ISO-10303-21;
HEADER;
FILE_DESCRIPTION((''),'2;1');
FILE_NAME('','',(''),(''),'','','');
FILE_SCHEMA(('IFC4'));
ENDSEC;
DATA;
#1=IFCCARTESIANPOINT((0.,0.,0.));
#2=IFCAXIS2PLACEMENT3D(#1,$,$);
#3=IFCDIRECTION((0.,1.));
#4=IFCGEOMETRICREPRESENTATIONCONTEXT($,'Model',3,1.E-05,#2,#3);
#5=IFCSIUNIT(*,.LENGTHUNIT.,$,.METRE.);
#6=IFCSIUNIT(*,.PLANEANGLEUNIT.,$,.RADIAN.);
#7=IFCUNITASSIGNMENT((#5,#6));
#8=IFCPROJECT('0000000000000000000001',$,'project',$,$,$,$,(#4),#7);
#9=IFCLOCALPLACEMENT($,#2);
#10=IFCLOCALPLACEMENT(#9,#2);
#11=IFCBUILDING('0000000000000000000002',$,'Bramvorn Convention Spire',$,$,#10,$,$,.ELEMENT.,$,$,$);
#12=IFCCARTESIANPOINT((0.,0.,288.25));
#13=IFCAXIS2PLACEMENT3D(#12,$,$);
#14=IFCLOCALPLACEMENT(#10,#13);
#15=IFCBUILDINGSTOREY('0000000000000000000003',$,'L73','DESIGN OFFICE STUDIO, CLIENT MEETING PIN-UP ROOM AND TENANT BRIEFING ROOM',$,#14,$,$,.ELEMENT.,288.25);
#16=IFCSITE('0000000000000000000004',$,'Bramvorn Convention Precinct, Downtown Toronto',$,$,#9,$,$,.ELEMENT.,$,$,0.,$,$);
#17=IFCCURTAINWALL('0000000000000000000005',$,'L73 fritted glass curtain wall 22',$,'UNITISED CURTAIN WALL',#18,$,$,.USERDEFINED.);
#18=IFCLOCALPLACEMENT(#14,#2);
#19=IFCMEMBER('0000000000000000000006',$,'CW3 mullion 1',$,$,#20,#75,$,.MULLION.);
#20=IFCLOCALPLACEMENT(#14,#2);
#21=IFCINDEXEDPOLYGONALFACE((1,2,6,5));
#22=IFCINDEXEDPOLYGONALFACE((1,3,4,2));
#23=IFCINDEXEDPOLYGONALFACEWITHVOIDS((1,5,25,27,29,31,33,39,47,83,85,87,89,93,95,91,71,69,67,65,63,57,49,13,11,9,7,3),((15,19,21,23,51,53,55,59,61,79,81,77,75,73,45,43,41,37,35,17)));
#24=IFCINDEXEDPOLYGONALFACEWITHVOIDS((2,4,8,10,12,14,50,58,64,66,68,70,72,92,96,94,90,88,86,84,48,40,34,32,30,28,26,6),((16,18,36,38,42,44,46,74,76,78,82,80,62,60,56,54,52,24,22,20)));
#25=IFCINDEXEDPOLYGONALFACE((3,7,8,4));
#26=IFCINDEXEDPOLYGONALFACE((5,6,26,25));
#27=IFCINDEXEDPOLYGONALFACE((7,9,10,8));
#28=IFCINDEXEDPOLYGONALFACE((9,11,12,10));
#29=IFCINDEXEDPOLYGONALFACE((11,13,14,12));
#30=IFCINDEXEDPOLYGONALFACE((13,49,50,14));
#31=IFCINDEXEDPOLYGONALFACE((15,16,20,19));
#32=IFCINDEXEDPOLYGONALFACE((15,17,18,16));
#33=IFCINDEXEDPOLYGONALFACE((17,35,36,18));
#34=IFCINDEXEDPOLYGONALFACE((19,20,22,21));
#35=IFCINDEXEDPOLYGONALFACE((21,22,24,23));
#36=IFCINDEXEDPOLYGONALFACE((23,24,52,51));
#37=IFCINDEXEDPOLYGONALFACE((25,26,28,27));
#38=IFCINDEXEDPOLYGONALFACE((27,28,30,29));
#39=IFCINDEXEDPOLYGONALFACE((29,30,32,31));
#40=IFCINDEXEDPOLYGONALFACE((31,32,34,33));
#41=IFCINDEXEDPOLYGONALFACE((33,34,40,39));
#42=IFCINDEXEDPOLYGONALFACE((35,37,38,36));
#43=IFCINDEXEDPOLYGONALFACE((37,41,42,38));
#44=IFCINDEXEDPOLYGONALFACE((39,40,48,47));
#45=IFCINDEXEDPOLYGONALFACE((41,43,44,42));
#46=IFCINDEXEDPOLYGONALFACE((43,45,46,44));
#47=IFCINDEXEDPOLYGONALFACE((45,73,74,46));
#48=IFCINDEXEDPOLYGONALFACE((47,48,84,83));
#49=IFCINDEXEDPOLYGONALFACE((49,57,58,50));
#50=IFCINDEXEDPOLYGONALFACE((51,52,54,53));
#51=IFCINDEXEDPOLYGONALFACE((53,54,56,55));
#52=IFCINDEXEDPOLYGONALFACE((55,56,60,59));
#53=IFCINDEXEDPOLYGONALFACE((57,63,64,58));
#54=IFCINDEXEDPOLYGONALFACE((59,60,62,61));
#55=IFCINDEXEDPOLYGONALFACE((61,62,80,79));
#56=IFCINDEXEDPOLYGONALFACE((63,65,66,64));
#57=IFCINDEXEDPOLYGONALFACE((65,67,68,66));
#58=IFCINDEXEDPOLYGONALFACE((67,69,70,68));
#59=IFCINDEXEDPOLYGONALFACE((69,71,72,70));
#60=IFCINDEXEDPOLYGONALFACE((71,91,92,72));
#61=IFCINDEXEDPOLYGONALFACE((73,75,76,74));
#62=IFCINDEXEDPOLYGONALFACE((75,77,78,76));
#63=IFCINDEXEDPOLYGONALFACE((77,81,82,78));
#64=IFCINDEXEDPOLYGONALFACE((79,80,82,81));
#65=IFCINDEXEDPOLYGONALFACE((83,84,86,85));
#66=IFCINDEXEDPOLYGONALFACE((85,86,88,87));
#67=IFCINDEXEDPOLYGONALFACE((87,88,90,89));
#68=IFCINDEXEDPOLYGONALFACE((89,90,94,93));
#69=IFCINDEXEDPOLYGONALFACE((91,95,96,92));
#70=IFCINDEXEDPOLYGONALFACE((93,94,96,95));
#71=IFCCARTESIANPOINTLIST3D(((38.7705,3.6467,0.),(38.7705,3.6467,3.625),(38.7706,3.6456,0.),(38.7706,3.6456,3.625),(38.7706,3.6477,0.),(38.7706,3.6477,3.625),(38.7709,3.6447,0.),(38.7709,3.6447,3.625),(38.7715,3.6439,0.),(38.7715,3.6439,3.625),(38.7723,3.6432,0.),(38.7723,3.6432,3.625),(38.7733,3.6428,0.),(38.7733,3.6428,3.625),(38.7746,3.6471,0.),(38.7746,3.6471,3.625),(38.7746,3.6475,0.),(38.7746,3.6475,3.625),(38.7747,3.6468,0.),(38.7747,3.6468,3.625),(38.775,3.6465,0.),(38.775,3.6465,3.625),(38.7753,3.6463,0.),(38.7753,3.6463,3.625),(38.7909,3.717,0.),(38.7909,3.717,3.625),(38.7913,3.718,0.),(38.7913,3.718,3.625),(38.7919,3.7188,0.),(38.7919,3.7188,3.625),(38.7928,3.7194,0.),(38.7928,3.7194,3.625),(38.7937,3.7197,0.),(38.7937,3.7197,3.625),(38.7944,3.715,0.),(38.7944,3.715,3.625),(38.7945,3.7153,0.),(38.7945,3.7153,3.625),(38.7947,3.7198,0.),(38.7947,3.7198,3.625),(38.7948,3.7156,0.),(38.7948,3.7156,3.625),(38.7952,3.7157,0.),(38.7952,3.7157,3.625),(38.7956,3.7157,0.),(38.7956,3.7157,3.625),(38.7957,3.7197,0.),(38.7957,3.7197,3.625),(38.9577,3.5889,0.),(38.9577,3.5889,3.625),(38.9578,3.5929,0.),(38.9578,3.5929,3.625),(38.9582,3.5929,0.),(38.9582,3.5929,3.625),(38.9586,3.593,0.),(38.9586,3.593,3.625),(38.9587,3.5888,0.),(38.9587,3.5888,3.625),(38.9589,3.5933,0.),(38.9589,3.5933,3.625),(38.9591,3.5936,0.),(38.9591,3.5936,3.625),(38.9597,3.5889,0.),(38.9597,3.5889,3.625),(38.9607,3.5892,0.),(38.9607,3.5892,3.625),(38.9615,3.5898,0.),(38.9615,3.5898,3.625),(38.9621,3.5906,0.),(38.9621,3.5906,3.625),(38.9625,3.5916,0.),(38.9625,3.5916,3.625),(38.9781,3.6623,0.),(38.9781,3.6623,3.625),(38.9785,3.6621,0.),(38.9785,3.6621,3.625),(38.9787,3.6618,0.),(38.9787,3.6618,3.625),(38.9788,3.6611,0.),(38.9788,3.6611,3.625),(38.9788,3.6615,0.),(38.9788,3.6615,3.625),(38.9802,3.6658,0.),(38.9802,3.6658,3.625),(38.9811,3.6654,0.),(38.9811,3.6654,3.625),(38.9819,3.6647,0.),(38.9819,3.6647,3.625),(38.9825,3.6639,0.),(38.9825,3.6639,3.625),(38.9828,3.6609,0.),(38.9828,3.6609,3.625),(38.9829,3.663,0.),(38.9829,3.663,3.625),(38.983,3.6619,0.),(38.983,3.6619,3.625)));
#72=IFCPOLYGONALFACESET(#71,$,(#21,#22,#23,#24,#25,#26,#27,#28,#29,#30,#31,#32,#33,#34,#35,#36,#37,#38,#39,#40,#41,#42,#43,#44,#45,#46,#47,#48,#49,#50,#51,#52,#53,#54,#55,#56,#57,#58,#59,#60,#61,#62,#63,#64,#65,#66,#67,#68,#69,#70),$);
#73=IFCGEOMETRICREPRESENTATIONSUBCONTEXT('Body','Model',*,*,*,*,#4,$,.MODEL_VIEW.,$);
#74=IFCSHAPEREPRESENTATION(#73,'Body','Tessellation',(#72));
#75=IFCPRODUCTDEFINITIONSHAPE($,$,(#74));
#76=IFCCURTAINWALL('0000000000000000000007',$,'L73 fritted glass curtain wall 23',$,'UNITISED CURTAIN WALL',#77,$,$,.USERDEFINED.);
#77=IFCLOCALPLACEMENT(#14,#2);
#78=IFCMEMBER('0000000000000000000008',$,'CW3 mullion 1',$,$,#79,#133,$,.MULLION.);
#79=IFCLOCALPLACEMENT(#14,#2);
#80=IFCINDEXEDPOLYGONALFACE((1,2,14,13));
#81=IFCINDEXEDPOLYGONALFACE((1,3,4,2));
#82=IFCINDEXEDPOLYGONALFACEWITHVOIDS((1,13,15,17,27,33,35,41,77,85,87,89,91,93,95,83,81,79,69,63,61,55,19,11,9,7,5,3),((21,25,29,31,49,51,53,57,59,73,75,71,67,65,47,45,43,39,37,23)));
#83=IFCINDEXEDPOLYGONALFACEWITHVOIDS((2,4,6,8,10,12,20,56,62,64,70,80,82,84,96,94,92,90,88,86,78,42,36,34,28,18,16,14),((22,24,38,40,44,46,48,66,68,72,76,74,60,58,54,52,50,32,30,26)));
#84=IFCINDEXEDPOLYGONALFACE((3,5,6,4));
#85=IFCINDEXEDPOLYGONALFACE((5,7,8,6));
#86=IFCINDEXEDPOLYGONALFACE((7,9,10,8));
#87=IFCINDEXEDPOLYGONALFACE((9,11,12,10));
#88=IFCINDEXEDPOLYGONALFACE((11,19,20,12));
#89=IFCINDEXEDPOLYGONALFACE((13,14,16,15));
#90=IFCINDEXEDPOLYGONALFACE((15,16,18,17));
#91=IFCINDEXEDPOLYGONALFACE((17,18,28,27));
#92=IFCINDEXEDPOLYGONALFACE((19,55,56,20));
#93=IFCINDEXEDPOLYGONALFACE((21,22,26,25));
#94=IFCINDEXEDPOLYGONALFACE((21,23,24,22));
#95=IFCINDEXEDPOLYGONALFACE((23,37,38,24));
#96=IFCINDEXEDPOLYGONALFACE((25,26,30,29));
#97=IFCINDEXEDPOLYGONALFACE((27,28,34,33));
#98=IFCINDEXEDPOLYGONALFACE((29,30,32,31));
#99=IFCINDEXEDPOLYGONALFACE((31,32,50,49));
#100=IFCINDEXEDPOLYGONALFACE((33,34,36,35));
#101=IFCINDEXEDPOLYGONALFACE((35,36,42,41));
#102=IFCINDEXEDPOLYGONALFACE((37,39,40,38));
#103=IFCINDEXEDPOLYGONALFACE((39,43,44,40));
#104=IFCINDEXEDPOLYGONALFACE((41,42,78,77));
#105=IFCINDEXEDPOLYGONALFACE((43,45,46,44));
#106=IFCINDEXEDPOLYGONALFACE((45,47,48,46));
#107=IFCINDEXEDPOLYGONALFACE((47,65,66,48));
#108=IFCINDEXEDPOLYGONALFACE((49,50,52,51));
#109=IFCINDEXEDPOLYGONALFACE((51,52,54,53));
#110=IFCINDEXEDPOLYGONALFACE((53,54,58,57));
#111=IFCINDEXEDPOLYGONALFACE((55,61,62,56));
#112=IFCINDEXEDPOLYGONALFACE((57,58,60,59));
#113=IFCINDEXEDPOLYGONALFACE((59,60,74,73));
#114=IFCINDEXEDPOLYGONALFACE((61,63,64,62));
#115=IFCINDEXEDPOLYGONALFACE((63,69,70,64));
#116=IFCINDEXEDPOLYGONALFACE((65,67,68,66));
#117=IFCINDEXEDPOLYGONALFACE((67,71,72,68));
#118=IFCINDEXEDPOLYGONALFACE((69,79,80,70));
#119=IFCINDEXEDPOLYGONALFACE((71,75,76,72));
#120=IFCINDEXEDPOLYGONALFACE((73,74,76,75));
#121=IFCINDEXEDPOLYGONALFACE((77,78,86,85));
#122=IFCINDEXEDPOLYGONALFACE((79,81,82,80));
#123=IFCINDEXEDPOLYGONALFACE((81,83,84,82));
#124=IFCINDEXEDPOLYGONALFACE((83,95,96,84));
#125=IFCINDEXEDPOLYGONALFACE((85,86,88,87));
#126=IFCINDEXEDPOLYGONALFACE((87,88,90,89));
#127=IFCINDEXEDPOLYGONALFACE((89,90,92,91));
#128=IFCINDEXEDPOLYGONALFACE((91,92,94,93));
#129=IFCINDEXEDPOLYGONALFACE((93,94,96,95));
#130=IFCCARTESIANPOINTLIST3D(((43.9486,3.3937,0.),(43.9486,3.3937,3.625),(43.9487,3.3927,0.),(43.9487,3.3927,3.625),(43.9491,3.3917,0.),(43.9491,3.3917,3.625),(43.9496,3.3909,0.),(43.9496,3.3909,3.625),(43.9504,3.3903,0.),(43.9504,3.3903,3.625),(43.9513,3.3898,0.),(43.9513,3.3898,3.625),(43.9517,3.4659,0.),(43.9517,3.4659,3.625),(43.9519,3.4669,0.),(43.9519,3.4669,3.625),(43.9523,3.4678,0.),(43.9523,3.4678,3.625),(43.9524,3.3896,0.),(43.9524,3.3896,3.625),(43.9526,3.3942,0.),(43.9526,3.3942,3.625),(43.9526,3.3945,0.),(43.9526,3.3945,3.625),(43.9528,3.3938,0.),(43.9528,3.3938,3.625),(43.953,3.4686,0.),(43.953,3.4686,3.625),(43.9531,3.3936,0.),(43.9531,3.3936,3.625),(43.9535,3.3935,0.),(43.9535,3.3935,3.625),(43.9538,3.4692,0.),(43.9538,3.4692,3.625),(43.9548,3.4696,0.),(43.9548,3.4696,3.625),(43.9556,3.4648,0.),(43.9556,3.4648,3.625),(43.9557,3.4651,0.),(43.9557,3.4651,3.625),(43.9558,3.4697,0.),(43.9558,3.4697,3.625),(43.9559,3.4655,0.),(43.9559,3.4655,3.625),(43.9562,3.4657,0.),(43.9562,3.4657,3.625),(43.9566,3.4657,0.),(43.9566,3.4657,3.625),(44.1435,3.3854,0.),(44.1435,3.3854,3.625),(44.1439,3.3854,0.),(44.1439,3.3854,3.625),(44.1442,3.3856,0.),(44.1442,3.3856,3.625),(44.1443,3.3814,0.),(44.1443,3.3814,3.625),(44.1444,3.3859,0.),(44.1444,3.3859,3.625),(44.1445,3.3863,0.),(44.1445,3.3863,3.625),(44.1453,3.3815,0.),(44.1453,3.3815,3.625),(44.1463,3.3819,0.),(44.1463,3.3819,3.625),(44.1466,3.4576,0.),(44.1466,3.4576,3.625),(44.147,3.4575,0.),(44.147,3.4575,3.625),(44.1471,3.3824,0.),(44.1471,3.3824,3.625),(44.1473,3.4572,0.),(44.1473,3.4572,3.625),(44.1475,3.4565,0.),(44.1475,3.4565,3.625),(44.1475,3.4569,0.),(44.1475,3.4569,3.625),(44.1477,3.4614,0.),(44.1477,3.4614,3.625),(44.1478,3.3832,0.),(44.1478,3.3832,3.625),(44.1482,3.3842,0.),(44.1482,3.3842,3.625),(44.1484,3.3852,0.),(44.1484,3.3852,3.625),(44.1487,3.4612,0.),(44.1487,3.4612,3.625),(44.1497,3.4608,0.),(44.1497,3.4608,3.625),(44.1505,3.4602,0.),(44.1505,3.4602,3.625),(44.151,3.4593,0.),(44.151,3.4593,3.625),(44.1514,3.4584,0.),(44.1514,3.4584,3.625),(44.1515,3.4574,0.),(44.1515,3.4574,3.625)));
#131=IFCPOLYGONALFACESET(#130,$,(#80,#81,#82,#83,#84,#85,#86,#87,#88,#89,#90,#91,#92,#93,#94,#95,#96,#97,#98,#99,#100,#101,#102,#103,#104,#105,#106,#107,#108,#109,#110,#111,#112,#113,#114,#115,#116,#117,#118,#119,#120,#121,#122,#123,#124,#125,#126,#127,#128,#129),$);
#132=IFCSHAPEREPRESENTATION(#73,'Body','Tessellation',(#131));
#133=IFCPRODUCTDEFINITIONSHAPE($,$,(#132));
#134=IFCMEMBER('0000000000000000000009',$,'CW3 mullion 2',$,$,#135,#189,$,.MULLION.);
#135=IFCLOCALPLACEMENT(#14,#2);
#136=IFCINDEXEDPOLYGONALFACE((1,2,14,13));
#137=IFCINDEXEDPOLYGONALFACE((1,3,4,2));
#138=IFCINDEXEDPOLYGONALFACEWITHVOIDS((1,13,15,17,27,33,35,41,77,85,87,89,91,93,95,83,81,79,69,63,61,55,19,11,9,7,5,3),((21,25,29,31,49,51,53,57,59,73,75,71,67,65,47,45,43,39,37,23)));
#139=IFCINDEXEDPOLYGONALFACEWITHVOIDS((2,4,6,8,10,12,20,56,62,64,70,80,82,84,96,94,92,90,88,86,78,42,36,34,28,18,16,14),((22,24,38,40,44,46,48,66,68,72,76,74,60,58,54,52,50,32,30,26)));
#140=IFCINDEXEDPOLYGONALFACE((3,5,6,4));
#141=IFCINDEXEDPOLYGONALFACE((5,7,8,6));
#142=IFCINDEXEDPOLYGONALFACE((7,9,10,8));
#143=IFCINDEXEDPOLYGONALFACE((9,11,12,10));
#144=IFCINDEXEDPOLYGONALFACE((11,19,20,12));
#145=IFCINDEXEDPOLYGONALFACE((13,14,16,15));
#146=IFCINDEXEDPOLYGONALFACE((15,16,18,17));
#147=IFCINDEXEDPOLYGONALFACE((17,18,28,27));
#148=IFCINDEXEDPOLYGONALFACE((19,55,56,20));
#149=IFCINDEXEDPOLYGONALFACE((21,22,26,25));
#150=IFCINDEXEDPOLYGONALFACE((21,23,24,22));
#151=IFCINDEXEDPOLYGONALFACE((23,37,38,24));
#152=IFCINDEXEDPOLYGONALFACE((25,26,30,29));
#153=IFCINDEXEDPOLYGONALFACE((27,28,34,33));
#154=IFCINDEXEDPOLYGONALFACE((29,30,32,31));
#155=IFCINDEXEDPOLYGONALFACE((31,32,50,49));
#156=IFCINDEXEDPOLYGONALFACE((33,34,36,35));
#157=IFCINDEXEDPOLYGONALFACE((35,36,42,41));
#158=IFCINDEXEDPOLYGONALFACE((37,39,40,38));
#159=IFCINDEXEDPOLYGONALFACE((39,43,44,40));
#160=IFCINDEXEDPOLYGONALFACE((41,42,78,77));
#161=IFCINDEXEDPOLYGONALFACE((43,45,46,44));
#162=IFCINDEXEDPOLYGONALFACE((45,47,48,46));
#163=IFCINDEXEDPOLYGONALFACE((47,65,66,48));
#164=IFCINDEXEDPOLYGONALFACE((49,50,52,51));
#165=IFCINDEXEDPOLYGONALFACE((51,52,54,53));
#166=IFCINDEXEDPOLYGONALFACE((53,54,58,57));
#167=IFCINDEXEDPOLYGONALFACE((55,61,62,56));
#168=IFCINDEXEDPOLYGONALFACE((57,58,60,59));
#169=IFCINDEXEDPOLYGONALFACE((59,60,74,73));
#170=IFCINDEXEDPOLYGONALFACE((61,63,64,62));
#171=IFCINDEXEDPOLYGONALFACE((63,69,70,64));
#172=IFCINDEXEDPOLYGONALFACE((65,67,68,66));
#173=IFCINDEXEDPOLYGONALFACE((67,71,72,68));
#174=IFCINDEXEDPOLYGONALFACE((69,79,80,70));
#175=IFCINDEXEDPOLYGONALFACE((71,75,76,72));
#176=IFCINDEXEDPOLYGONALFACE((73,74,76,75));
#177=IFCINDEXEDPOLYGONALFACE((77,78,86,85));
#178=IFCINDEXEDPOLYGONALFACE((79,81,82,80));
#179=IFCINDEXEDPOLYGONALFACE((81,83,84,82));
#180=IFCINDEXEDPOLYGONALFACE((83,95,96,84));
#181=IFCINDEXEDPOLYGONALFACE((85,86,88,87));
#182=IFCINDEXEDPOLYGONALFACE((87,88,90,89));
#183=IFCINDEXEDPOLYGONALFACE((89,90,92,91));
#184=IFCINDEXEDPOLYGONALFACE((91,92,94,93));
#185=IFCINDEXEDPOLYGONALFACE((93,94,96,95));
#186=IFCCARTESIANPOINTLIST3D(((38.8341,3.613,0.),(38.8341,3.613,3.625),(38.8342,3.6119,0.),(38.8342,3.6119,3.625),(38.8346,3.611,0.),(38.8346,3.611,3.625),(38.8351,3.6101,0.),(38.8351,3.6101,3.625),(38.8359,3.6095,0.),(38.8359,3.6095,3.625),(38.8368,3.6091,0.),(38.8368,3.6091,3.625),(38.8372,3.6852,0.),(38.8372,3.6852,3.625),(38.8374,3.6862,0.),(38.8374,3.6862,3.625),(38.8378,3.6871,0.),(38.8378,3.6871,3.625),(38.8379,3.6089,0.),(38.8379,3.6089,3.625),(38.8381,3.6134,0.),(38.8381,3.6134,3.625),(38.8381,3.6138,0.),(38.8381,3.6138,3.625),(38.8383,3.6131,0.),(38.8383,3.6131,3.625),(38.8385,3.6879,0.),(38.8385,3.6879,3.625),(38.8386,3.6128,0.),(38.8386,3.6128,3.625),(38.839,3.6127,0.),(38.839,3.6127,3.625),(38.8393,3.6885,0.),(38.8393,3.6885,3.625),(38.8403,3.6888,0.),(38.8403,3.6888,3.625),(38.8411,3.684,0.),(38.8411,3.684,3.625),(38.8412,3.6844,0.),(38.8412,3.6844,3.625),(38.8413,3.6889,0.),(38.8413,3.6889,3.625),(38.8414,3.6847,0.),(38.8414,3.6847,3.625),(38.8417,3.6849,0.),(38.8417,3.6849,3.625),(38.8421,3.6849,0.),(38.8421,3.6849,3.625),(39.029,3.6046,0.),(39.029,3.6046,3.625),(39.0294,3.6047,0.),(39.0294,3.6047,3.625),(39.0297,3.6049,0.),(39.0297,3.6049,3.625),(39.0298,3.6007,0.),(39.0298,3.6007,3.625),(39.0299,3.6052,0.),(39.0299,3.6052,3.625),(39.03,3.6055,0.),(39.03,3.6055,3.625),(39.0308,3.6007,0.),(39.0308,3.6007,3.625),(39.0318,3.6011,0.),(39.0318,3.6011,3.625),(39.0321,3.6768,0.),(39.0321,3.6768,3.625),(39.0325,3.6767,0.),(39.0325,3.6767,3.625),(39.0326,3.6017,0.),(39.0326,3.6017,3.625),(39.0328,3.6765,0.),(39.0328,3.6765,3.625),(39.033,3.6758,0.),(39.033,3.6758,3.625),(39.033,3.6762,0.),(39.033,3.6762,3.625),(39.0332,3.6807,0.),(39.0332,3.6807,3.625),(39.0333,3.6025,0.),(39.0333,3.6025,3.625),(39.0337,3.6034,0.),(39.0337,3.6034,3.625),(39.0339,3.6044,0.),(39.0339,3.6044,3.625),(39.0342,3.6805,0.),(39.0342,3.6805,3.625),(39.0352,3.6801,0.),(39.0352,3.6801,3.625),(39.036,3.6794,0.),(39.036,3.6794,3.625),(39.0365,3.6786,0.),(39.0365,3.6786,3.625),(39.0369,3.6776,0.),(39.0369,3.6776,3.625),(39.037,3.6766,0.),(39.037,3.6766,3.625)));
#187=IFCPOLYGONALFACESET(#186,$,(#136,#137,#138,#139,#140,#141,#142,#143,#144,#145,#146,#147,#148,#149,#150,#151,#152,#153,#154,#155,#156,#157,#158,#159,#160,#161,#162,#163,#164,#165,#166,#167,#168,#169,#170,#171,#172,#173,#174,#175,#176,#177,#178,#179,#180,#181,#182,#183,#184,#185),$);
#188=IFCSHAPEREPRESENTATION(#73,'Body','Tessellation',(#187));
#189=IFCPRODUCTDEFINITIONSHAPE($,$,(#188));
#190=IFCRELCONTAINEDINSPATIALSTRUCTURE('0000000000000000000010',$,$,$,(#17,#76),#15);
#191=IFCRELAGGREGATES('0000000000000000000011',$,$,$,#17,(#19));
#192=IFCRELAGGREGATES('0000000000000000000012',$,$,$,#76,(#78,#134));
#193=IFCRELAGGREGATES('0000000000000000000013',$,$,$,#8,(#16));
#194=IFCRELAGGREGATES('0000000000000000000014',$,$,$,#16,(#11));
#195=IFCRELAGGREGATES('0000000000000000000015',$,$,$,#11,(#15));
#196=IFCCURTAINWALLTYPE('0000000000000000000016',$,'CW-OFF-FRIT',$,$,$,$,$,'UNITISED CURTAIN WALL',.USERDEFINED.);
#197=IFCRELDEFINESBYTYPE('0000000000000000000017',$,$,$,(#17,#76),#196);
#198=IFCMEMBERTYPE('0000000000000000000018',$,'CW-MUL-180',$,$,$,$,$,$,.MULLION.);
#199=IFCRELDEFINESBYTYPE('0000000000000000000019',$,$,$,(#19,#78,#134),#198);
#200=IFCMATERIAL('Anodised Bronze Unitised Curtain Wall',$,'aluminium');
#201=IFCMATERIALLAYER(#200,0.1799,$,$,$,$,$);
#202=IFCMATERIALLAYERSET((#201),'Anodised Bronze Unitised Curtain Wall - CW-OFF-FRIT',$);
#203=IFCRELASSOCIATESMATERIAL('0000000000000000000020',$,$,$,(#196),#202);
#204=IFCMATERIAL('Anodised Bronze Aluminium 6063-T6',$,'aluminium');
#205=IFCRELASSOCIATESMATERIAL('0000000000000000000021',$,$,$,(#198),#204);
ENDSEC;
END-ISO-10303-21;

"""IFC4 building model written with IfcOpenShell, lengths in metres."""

from ifc_helpers import new_model, si_unit, direction, frame, origin, origin_2d, place, context, subcontext, project, spatial, hollow_rectangle, extrude, material, layer, layer_set, material_profile, profile_set, type_object, element, aggregate, save


model = new_model("IFC4")

# Units and contexts
model_context = context("Model", 3, precision=1e-05, world=origin(), true_north=direction((0.0, 1.0)))
body_context = subcontext(model_context, "Body", "Model", "MODEL_VIEW")
ifc_project = project(units=[si_unit("LENGTHUNIT", "METRE"), si_unit("PLANEANGLEUNIT", "RADIAN")], contexts=[model_context])

# Site, building, storey
site_placement = place(None, origin())
site = spatial("IfcSite", under=ifc_project, at=site_placement, Name="Bramvorn Convention Precinct, Downtown Toronto", CompositionType="ELEMENT", RefElevation=0.0)
building_placement = place(site_placement, origin())
building = spatial("IfcBuilding", under=site, at=building_placement, Name="Bramvorn Convention Spire", CompositionType="ELEMENT")
storey_placement = place(building_placement, frame((0.0, 0.0, 288.25)))
storey = spatial("IfcBuildingStorey", under=building, at=storey_placement, Name="L73", Description="DESIGN OFFICE STUDIO, CLIENT MEETING PIN-UP ROOM AND TENANT BRIEFING ROOM", CompositionType="ELEMENT", Elevation=288.25)

# Curtain wall, member
ifc_material_1 = material(Name="Anodised Bronze Unitised Curtain Wall", Category="aluminium")
ifc_layer_1 = layer(ifc_material_1, 0.1799)
ifc_layer_set_1 = layer_set([ifc_layer_1], Name="Anodised Bronze Unitised Curtain Wall - CW-OFF-FRIT")
curtain_wall_type = type_object("IfcCurtainWallType", Name="CW-OFF-FRIT", ElementType="UNITISED CURTAIN WALL", PredefinedType="USERDEFINED", material=ifc_layer_set_1)
curtain_wall_1_placement = place(storey_placement, origin())
curtain_wall_1 = element("IfcCurtainWall", 1, at=curtain_wall_1_placement, inside=storey, type_object=curtain_wall_type, Name="L73 fritted glass curtain wall 22", ObjectType="UNITISED CURTAIN WALL", PredefinedType="USERDEFINED")
ifc_material_2 = material(Name="Anodised Bronze Aluminium 6063-T6", Category="aluminium")
ifc_material_profile_1 = material_profile(ifc_material_2, hollow_rectangle(XDim=0.0801, YDim=0.2, WallThickness=0.0039, InnerFilletRadius=0.001, OuterFilletRadius=0.0039, at=origin_2d()))
ifc_profile_set_1 = profile_set([ifc_material_profile_1], Name="Anodised Bronze Aluminium 6063-T6 - CWM80X200")
member_type_1 = type_object("IfcMemberType", Name="CW-MUL-180", PredefinedType="MULLION", material=ifc_profile_set_1)
member_1_placement = place(storey_placement, frame((38.8767, 3.6543, 0.0), z_axis=(0.0, 0.0, 1.0), x_axis=(-0.28056, -0.959836, 0.0)))
member_1 = element("IfcMember", 2, at=member_1_placement, type_object=member_type_1, Name="CW3 mullion 1", PredefinedType="MULLION", context=body_context, shape_type="SweptSolid", body=[
    extrude(hollow_rectangle(XDim=0.0801, YDim=0.2, WallThickness=0.0039, InnerFilletRadius=0.001, OuterFilletRadius=0.0039, at=origin_2d()), origin(), (0.0, 0.0, 1.0), 3.625),
])

# Curtain wall, members
curtain_wall_2_placement = place(storey_placement, origin())
curtain_wall_2 = element("IfcCurtainWall", 3, at=curtain_wall_2_placement, inside=storey, type_object=curtain_wall_type, Name="L73 fritted glass curtain wall 23", ObjectType="UNITISED CURTAIN WALL", PredefinedType="USERDEFINED")
member_2_placement = place(storey_placement, frame((44.05, 3.4255, 0.0), z_axis=(0.0, 0.0, 1.0), x_axis=(-0.042826, -0.999083, 0.0)))
member_2 = element("IfcMember", 4, at=member_2_placement, type_object=member_type_1, Name="CW3 mullion 1", PredefinedType="MULLION", context=body_context, shape_type="SweptSolid", body=[
    extrude(hollow_rectangle(XDim=0.0801, YDim=0.2, WallThickness=0.0039, InnerFilletRadius=0.001, OuterFilletRadius=0.0039, at=origin_2d()), origin(), (0.0, 0.0, 1.0), 3.625),
])
member_3_placement = place(storey_placement, frame((38.9355, 3.6448, 0.0), z_axis=(0.0, 0.0, 1.0), x_axis=(-0.042826, -0.999083, 0.0)))
member_3 = element("IfcMember", 5, at=member_3_placement, type_object=member_type_1, Name="CW3 mullion 2", PredefinedType="MULLION", context=body_context, shape_type="SweptSolid", body=[
    extrude(hollow_rectangle(XDim=0.0801, YDim=0.2, WallThickness=0.0039, InnerFilletRadius=0.001, OuterFilletRadius=0.0039, at=origin_2d()), origin(), (0.0, 0.0, 1.0), 3.625),
])

aggregate(curtain_wall_1, [member_1])
aggregate(curtain_wall_2, [member_2, member_3])

save(model, "model.ifc")
